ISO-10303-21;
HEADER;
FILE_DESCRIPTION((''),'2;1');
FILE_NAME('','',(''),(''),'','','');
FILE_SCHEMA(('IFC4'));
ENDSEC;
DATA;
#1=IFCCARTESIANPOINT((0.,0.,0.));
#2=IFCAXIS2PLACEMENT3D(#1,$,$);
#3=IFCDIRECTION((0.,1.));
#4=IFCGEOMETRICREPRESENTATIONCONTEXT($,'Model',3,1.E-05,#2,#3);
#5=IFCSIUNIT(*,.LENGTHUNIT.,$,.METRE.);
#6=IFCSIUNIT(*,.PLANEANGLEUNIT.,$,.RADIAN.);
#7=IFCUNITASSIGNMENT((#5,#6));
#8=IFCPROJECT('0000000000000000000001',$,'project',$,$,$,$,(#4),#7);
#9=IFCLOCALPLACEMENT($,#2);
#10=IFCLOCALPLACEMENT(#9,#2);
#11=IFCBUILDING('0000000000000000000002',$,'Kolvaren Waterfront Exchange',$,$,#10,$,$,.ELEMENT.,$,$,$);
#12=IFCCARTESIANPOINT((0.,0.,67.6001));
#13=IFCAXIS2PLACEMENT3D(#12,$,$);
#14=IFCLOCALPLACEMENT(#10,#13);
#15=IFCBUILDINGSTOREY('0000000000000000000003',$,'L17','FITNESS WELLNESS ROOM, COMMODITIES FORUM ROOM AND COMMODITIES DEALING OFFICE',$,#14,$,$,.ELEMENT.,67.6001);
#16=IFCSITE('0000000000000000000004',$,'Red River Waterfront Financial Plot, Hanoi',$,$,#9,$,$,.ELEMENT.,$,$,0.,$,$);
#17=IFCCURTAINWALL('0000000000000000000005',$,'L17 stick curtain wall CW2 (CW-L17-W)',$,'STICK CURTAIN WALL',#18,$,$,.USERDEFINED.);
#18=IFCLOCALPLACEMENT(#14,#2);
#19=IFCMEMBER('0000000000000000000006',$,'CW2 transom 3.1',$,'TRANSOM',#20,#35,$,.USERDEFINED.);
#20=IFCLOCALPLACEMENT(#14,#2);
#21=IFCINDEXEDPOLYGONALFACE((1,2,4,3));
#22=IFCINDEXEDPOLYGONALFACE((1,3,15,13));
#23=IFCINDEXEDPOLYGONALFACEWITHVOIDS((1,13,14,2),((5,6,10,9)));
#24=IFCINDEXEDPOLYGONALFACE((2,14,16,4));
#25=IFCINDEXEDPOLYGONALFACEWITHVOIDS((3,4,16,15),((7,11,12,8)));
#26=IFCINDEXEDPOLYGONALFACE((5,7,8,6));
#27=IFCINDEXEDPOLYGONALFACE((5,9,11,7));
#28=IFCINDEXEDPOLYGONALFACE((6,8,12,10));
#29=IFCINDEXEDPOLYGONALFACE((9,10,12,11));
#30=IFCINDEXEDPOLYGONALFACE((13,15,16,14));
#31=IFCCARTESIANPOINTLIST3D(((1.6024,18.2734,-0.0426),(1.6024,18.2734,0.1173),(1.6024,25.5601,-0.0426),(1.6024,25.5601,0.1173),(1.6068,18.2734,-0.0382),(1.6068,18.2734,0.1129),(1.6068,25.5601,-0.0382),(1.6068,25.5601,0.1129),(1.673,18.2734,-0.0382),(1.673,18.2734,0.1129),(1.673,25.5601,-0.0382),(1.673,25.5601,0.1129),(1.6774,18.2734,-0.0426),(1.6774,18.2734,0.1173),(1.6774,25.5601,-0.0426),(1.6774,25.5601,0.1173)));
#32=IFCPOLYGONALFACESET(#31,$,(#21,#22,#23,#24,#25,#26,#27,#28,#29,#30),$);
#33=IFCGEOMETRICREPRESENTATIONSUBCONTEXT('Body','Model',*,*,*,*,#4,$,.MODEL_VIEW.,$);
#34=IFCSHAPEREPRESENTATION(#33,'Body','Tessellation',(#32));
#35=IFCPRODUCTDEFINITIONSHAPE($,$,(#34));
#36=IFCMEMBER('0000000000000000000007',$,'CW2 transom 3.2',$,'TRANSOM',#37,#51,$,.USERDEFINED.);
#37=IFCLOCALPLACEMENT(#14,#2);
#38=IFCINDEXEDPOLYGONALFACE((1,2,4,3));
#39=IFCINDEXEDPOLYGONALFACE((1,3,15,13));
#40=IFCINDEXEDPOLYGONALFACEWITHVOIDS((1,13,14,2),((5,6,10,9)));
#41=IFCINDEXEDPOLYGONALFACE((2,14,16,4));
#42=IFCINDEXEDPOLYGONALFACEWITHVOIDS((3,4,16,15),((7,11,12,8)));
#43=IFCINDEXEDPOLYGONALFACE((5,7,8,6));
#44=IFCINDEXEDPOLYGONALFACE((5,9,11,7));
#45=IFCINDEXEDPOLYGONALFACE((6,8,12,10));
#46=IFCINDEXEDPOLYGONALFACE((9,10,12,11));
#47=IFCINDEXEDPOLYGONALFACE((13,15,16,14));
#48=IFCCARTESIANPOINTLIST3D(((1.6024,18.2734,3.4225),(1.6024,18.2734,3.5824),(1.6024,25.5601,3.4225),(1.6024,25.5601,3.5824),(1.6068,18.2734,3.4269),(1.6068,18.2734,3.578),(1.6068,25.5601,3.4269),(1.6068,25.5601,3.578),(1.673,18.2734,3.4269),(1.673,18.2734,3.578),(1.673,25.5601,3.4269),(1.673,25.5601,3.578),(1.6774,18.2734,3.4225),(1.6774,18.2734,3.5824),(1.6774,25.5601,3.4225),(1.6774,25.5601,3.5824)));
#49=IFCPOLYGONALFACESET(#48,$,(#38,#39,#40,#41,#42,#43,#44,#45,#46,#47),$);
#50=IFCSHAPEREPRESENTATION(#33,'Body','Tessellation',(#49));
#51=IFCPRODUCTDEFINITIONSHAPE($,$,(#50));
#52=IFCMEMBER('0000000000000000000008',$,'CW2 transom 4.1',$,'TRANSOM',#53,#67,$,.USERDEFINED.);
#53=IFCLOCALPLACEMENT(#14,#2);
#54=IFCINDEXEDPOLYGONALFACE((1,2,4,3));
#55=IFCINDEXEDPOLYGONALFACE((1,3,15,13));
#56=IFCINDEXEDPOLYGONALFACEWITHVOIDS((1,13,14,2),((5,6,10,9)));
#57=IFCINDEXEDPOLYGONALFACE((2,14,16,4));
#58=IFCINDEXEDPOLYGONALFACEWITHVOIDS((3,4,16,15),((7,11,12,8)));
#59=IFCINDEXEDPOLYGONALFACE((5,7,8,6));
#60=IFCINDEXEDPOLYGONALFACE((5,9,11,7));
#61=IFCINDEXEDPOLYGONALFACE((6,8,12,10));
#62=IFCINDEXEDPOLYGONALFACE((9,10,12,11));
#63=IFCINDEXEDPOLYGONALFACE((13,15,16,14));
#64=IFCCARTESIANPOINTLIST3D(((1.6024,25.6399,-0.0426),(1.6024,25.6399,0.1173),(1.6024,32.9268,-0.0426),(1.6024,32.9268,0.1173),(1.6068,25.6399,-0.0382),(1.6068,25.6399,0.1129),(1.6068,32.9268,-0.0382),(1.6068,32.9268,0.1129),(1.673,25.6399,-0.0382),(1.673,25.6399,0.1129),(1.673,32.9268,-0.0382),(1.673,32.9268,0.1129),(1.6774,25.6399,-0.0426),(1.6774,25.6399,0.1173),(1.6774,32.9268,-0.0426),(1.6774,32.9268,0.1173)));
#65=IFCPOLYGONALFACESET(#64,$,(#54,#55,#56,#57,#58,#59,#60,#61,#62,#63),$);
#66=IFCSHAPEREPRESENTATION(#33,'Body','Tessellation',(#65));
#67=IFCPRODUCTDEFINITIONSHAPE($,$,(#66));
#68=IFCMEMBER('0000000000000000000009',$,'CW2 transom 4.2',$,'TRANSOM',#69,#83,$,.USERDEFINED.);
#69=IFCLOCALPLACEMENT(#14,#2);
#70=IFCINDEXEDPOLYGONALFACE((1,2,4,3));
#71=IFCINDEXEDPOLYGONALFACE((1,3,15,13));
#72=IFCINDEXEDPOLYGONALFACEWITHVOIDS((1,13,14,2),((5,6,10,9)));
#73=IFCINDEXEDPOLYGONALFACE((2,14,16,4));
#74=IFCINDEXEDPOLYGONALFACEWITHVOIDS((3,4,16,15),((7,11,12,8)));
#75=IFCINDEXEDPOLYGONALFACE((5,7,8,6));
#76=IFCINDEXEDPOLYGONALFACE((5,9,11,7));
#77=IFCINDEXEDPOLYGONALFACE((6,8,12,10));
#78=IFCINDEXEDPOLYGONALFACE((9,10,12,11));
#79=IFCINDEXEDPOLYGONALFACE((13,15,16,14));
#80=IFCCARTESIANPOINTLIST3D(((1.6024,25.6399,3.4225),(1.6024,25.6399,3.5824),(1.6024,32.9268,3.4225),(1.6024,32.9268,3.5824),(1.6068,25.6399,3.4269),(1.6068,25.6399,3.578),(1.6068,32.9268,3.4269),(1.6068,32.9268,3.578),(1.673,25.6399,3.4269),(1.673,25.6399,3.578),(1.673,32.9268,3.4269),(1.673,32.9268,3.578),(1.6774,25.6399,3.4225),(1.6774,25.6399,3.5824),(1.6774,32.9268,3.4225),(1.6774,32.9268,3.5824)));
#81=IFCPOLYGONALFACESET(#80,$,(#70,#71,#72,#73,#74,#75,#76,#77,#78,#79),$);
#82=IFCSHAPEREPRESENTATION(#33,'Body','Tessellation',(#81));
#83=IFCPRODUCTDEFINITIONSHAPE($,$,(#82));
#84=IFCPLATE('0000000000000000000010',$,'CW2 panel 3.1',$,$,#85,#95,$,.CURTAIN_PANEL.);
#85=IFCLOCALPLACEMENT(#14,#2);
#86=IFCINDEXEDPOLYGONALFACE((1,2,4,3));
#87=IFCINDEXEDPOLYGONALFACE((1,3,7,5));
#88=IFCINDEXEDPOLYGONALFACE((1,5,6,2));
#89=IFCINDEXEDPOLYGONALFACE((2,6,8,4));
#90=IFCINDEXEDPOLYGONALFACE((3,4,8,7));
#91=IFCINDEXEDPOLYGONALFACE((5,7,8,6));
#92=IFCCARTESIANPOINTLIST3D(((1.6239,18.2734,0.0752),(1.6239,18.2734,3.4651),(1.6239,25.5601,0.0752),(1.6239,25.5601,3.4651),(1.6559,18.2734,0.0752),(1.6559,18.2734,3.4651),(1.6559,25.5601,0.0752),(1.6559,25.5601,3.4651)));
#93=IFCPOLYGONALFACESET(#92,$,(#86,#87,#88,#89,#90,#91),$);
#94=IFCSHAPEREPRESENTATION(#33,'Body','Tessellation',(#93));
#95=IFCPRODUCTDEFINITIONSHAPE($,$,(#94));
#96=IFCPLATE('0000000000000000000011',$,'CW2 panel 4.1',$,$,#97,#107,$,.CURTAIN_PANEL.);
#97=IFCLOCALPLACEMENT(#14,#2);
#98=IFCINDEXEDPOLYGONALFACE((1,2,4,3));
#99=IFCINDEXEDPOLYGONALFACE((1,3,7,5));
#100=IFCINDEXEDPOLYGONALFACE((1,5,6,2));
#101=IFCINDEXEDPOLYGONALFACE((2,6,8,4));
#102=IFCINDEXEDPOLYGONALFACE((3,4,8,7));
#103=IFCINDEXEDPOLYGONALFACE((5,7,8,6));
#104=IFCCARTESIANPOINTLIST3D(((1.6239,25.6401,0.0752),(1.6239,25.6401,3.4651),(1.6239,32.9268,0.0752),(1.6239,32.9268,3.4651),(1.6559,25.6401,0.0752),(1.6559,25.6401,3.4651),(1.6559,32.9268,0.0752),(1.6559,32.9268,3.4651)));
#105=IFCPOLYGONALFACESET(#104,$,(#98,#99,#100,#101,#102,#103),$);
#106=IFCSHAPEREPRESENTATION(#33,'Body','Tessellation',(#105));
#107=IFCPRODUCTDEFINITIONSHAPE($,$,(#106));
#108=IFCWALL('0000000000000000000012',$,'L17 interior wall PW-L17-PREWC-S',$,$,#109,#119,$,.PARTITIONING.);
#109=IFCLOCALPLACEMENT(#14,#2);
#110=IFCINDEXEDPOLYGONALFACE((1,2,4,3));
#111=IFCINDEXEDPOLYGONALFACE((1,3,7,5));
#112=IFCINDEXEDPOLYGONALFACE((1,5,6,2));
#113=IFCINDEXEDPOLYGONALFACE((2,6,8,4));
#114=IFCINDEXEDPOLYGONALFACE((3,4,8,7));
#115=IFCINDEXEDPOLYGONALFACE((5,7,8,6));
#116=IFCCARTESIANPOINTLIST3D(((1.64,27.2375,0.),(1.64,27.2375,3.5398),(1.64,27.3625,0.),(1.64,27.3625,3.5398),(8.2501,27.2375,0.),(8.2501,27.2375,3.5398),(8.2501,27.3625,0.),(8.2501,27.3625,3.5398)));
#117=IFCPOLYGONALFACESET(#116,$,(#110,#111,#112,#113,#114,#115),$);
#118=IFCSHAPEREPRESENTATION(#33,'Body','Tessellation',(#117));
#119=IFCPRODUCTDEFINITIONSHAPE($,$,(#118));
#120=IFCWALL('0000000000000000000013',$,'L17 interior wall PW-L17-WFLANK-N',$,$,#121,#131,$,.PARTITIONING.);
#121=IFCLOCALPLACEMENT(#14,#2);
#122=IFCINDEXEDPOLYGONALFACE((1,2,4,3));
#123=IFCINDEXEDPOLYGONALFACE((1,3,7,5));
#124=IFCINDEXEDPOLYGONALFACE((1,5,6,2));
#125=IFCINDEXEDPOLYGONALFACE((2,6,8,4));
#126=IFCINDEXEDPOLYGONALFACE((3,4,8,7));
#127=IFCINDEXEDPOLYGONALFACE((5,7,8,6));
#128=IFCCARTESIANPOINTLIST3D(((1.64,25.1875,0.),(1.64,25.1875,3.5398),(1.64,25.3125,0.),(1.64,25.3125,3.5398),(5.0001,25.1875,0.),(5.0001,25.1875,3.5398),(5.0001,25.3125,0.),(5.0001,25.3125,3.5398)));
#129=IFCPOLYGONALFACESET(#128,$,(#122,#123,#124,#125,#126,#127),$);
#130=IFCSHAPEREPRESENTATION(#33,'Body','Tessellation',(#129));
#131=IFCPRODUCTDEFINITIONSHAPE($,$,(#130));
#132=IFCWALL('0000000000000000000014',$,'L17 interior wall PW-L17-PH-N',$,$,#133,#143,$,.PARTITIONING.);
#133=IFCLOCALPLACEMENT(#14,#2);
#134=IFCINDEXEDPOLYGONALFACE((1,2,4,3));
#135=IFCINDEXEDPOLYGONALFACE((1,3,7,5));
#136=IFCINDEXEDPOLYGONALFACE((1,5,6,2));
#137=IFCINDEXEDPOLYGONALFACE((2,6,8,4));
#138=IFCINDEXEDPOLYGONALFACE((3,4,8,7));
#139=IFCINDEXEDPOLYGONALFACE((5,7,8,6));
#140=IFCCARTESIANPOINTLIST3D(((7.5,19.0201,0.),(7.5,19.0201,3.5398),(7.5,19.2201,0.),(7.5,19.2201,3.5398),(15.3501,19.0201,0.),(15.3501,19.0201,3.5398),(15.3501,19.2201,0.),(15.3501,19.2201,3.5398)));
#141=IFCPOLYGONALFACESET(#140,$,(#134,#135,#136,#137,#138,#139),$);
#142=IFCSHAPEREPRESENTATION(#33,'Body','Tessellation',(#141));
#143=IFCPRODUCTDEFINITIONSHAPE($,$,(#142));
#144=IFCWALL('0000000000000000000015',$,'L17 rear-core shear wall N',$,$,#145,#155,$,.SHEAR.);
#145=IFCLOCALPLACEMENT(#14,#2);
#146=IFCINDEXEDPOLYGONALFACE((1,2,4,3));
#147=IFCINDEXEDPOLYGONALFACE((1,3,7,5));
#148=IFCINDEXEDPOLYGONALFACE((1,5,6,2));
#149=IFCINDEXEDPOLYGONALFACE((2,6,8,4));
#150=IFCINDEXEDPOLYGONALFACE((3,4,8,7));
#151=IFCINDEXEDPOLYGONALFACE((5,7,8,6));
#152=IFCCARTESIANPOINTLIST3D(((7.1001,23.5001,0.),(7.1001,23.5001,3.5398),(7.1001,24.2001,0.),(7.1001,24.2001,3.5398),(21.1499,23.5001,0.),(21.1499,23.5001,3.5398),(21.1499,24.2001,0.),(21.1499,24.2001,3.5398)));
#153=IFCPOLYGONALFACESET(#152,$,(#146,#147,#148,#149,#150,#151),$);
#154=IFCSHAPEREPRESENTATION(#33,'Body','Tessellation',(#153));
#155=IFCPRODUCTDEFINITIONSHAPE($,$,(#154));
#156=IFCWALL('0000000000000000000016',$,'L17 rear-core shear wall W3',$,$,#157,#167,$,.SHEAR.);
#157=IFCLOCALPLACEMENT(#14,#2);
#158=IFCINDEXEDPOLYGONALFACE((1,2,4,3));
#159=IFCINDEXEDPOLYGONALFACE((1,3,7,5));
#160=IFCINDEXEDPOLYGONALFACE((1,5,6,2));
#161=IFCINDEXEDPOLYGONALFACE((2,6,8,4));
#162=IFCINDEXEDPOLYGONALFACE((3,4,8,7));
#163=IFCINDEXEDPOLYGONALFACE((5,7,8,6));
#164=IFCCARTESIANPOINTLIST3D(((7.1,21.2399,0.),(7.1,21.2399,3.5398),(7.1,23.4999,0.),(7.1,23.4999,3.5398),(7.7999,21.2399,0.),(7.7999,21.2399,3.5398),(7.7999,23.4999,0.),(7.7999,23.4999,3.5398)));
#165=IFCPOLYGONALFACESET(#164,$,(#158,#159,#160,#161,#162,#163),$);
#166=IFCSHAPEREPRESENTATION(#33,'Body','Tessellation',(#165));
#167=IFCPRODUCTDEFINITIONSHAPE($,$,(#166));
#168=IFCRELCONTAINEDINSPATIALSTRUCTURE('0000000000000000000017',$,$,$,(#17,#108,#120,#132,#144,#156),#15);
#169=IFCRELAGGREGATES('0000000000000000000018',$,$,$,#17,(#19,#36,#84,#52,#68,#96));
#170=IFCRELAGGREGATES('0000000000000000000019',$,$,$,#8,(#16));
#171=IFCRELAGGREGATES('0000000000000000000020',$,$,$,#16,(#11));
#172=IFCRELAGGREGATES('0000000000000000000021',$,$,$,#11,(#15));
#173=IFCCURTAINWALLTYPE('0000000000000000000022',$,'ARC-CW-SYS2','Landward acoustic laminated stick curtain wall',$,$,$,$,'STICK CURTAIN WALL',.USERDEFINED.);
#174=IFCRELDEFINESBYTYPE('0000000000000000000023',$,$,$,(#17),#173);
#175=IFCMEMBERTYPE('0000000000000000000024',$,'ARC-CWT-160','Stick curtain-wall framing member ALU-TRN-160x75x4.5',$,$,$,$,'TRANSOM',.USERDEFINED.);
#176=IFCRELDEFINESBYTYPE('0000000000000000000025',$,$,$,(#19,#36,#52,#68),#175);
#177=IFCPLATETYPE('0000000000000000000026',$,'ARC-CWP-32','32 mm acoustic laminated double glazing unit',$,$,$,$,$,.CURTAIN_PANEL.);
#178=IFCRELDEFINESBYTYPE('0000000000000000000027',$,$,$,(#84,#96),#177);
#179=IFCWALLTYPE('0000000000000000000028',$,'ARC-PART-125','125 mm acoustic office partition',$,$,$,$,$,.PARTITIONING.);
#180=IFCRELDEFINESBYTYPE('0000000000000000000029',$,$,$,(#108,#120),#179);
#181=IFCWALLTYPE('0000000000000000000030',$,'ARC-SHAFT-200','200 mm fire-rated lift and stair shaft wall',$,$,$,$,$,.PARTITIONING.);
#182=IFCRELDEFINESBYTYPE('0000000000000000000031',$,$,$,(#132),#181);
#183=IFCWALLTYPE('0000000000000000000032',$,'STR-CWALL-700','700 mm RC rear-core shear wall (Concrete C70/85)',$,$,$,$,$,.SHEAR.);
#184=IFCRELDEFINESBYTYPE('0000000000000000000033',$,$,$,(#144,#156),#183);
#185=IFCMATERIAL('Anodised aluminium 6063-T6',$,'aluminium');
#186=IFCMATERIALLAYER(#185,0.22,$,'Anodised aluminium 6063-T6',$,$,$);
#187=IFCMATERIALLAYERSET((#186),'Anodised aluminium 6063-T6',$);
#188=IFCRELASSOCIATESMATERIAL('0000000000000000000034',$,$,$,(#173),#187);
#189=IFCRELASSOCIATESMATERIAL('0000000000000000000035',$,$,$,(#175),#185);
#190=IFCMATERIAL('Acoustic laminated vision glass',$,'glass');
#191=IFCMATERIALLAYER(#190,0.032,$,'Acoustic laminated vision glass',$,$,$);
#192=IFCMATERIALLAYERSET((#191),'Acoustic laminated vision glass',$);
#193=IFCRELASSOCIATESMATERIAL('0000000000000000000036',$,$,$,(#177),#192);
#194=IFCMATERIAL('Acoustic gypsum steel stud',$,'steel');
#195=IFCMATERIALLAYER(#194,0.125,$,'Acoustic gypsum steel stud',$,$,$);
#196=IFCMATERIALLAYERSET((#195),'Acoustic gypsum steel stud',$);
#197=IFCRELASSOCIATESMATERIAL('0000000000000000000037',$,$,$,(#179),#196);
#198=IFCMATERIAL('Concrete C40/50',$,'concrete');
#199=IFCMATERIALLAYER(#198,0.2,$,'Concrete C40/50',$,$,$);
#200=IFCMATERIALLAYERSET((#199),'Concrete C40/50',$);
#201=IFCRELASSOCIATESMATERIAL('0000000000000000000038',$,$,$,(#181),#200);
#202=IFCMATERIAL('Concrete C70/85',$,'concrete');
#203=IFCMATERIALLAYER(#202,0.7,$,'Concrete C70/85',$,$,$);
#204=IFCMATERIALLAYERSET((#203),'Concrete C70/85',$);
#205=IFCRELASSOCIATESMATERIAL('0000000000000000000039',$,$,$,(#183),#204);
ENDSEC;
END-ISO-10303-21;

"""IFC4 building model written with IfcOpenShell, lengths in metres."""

from ifc_helpers import new_model, si_unit, direction, frame, frame_2d, origin, origin_with_axes, origin_2d, place, context, subcontext, project, spatial, rectangle, hollow_rectangle, extrude, source, transform, mapped, material, layer, layer_set, material_profile, profile_set, type_object, element, aggregate, save


model = new_model("IFC4")

# Units and contexts
model_context = context("Model", 3, precision=1e-05, world=origin(), true_north=direction((0.0, 1.0)))
body_context = subcontext(model_context, "Body", "Model", "MODEL_VIEW")
ifc_project = project(units=[si_unit("LENGTHUNIT", "METRE"), si_unit("PLANEANGLEUNIT", "RADIAN")], contexts=[model_context])

# Site, building, storey
site_placement = place(None, origin())
site = spatial("IfcSite", under=ifc_project, at=site_placement, Name="Red River Waterfront Financial Plot, Hanoi", CompositionType="ELEMENT", RefElevation=0.0)
building_placement = place(site_placement, origin())
building = spatial("IfcBuilding", under=site, at=building_placement, Name="Kolvaren Waterfront Exchange", CompositionType="ELEMENT")
storey_placement = place(building_placement, frame((0.0, 0.0, 67.6001)))
storey = spatial("IfcBuildingStorey", under=building, at=storey_placement, Name="L17", Description="FITNESS WELLNESS ROOM, COMMODITIES FORUM ROOM AND COMMODITIES DEALING OFFICE", CompositionType="ELEMENT", Elevation=67.6001)

# Shared definitions
ifc_material_1 = material(Name="Concrete C70/85", Category="concrete")

# Curtain wall, members, plates
ifc_material_2 = material(Name="Anodised aluminium 6063-T6", Category="aluminium")
ifc_layer_1 = layer(ifc_material_2, 0.22, Name="Anodised aluminium 6063-T6")
ifc_layer_set_1 = layer_set([ifc_layer_1], Name="Anodised aluminium 6063-T6")
curtain_wall_type = type_object("IfcCurtainWallType", Name="ARC-CW-SYS2", Description="Landward acoustic laminated stick curtain wall", ElementType="STICK CURTAIN WALL", PredefinedType="USERDEFINED", material=ifc_layer_set_1)
curtain_wall_placement = place(storey_placement, origin())
curtain_wall = element("IfcCurtainWall", 1, at=curtain_wall_placement, inside=storey, type_object=curtain_wall_type, Name="L17 stick curtain wall CW2 (CW-L17-W)", ObjectType="STICK CURTAIN WALL", PredefinedType="USERDEFINED")
ifc_material_profile_1 = material_profile(ifc_material_2, hollow_rectangle(XDim=0.075, YDim=0.1599, WallThickness=0.0044, at=origin_2d()), Name="ALU-TRN-160x75x4.5")
ifc_profile_set_1 = profile_set([ifc_material_profile_1], Name="Anodised aluminium 6063-T6")
member_type_1 = type_object("IfcMemberType", Name="ARC-CWT-160", Description="Stick curtain-wall framing member ALU-TRN-160x75x4.5", ElementType="TRANSOM", PredefinedType="USERDEFINED", material=ifc_profile_set_1)
shared_shape_1 = source(origin_with_axes(), body_context, "Body", "SweptSolid", [
    extrude(hollow_rectangle(XDim=0.075, YDim=0.1599, WallThickness=0.0044, at=origin_2d()), origin(), (0.0, 0.0, 1.0), 7.2866),
])
member_1_placement = place(storey_placement, frame((1.6399, 18.2734, 0.0374), z_axis=(0.0, 1.0, 0.0), x_axis=(-1.0, 0.0, 0.0)))
member_1 = element("IfcMember", 2, at=member_1_placement, type_object=member_type_1, Name="CW2 transom 3.1", ObjectType="TRANSOM", PredefinedType="USERDEFINED", context=body_context, shape_type="MappedRepresentation", body=[
    mapped(shared_shape_1, transform((0.0, 0.0, 0.0), x_axis=(1.0, 0.0, 0.0), y_axis=(0.0, 1.0, 0.0), z_axis=(0.0, 0.0, 1.0), scale=1.0)),
])
member_2_placement = place(storey_placement, frame((1.6399, 18.2734, 3.5024), z_axis=(0.0, 1.0, 0.0), x_axis=(-1.0, 0.0, 0.0)))
member_2 = element("IfcMember", 3, at=member_2_placement, type_object=member_type_1, Name="CW2 transom 3.2", ObjectType="TRANSOM", PredefinedType="USERDEFINED", context=body_context, shape_type="MappedRepresentation", body=[
    mapped(shared_shape_1, transform((0.0, 0.0, 0.0), x_axis=(1.0, 0.0, 0.0), y_axis=(0.0, 1.0, 0.0), z_axis=(0.0, 0.0, 1.0), scale=1.0)),
])
shared_shape_2 = source(origin_with_axes(), body_context, "Body", "SweptSolid", [
    extrude(hollow_rectangle(XDim=0.075, YDim=0.1599, WallThickness=0.0044, at=origin_2d()), origin(), (0.0, 0.0, 1.0), 7.2869),
])
member_3_placement = place(storey_placement, frame((1.6399, 25.6399, 0.0374), z_axis=(0.0, 1.0, 0.0), x_axis=(-1.0, 0.0, 0.0)))
member_3 = element("IfcMember", 4, at=member_3_placement, type_object=member_type_1, Name="CW2 transom 4.1", ObjectType="TRANSOM", PredefinedType="USERDEFINED", context=body_context, shape_type="MappedRepresentation", body=[
    mapped(shared_shape_2, transform((0.0, 0.0, 0.0), x_axis=(1.0, 0.0, 0.0), y_axis=(0.0, 1.0, 0.0), z_axis=(0.0, 0.0, 1.0), scale=1.0)),
])
member_4_placement = place(storey_placement, frame((1.6399, 25.6399, 3.5024), z_axis=(0.0, 1.0, 0.0), x_axis=(-1.0, 0.0, 0.0)))
member_4 = element("IfcMember", 5, at=member_4_placement, type_object=member_type_1, Name="CW2 transom 4.2", ObjectType="TRANSOM", PredefinedType="USERDEFINED", context=body_context, shape_type="MappedRepresentation", body=[
    mapped(shared_shape_2, transform((0.0, 0.0, 0.0), x_axis=(1.0, 0.0, 0.0), y_axis=(0.0, 1.0, 0.0), z_axis=(0.0, 0.0, 1.0), scale=1.0)),
])
ifc_material_3 = material(Name="Acoustic laminated vision glass", Category="glass")
ifc_layer_2 = layer(ifc_material_3, 0.032, Name="Acoustic laminated vision glass")
ifc_layer_set_2 = layer_set([ifc_layer_2], Name="Acoustic laminated vision glass")
plate_type = type_object("IfcPlateType", Name="ARC-CWP-32", Description="32 mm acoustic laminated double glazing unit", PredefinedType="CURTAIN_PANEL", material=ifc_layer_set_2)
shared_shape_3 = source(origin_with_axes(), body_context, "Body", "SweptSolid", [
    extrude(rectangle(XDim=7.2866, YDim=0.032, at=origin_2d()), origin(), (0.0, 0.0, 1.0), 3.3899),
])
plate_1_placement = place(storey_placement, frame((1.6399, 21.9167, 0.0752), z_axis=(0.0, 0.0, 1.0), x_axis=(0.0, 1.0, 0.0)))
plate_1 = element("IfcPlate", 6, at=plate_1_placement, type_object=plate_type, Name="CW2 panel 3.1", PredefinedType="CURTAIN_PANEL", context=body_context, shape_type="MappedRepresentation", body=[
    mapped(shared_shape_3, transform((0.0, 0.0, 0.0), x_axis=(1.0, 0.0, 0.0), y_axis=(0.0, 1.0, 0.0), z_axis=(0.0, 0.0, 1.0), scale=1.0)),
])
plate_2_placement = place(storey_placement, frame((1.6399, 29.2834, 0.0752), z_axis=(0.0, 0.0, 1.0), x_axis=(0.0, 1.0, 0.0)))
plate_2 = element("IfcPlate", 7, at=plate_2_placement, type_object=plate_type, Name="CW2 panel 4.1", PredefinedType="CURTAIN_PANEL", context=body_context, shape_type="MappedRepresentation", body=[
    mapped(shared_shape_3, transform((0.0, 0.0, 0.0), x_axis=(1.0, 0.0, 0.0), y_axis=(0.0, 1.0, 0.0), z_axis=(0.0, 0.0, 1.0), scale=1.0)),
])
aggregate(curtain_wall, [member_1, member_2, plate_1, member_3, member_4, plate_2])

# Walls
ifc_material_4 = material(Name="Acoustic gypsum steel stud", Category="steel")
ifc_layer_3 = layer(ifc_material_4, 0.125, Name="Acoustic gypsum steel stud")
ifc_layer_set_3 = layer_set([ifc_layer_3], Name="Acoustic gypsum steel stud")
wall_type_1 = type_object("IfcWallType", Name="ARC-PART-125", Description="125 mm acoustic office partition", PredefinedType="PARTITIONING", material=ifc_layer_set_3)
wall_1_placement = place(storey_placement, frame((1.6399, 27.3, 0.0), z_axis=(0.0, 0.0, 1.0), x_axis=(1.0, 0.0, 0.0)))
element("IfcWall", 8, at=wall_1_placement, inside=storey, type_object=wall_type_1, Name="L17 interior wall PW-L17-PREWC-S", PredefinedType="PARTITIONING", context=body_context, shape_type="SweptSolid", body=[
    extrude(rectangle(XDim=6.6101, YDim=0.125, at=frame_2d((3.3052, 0.0))), origin(), (0.0, 0.0, 1.0), 3.5398),
])
wall_2_placement = place(storey_placement, frame((1.6399, 25.25, 0.0), z_axis=(0.0, 0.0, 1.0), x_axis=(1.0, 0.0, 0.0)))
element("IfcWall", 9, at=wall_2_placement, inside=storey, type_object=wall_type_1, Name="L17 interior wall PW-L17-WFLANK-N", PredefinedType="PARTITIONING", context=body_context, shape_type="SweptSolid", body=[
    extrude(rectangle(XDim=3.3601, YDim=0.125, at=frame_2d((1.6802, 0.0))), origin(), (0.0, 0.0, 1.0), 3.5398),
])
ifc_material_5 = material(Name="Concrete C40/50", Category="concrete")
ifc_layer_4 = layer(ifc_material_5, 0.2, Name="Concrete C40/50")
ifc_layer_set_4 = layer_set([ifc_layer_4], Name="Concrete C40/50")
wall_type_2 = type_object("IfcWallType", Name="ARC-SHAFT-200", Description="200 mm fire-rated lift and stair shaft wall", PredefinedType="PARTITIONING", material=ifc_layer_set_4)
wall_3_placement = place(storey_placement, frame((7.5, 19.1201, 0.0), z_axis=(0.0, 0.0, 1.0), x_axis=(1.0, 0.0, 0.0)))
element("IfcWall", 10, at=wall_3_placement, inside=storey, type_object=wall_type_2, Name="L17 interior wall PW-L17-PH-N", PredefinedType="PARTITIONING", context=body_context, shape_type="SweptSolid", body=[
    extrude(rectangle(XDim=7.8501, YDim=0.2, at=frame_2d((3.925, 0.0))), origin(), (0.0, 0.0, 1.0), 3.5398),
])
ifc_layer_5 = layer(ifc_material_1, 0.7, Name="Concrete C70/85")
ifc_layer_set_5 = layer_set([ifc_layer_5], Name="Concrete C70/85")
wall_type_3 = type_object("IfcWallType", Name="STR-CWALL-700", Description="700 mm RC rear-core shear wall (Concrete C70/85)", PredefinedType="SHEAR", material=ifc_layer_set_5)
wall_4_placement = place(storey_placement, frame((7.1001, 23.8501, 0.0), z_axis=(0.0, 0.0, 1.0), x_axis=(1.0, 0.0, 0.0)))
element("IfcWall", 11, at=wall_4_placement, inside=storey, type_object=wall_type_3, Name="L17 rear-core shear wall N", PredefinedType="SHEAR", context=body_context, shape_type="SweptSolid", body=[
    extrude(rectangle(XDim=14.0498, YDim=0.7, at=frame_2d((7.0249, 0.0))), origin(), (0.0, 0.0, 1.0), 3.5398),
])
wall_5_placement = place(storey_placement, frame((7.45, 21.24, 0.0), z_axis=(0.0, 0.0, 1.0), x_axis=(0.0, 1.0, 0.0)))
element("IfcWall", 12, at=wall_5_placement, inside=storey, type_object=wall_type_3, Name="L17 rear-core shear wall W3", PredefinedType="SHEAR", context=body_context, shape_type="SweptSolid", body=[
    extrude(rectangle(XDim=2.26, YDim=0.7, at=frame_2d((1.1299, 0.0))), origin(), (0.0, 0.0, 1.0), 3.5398),
])

save(model, "model.ifc")
